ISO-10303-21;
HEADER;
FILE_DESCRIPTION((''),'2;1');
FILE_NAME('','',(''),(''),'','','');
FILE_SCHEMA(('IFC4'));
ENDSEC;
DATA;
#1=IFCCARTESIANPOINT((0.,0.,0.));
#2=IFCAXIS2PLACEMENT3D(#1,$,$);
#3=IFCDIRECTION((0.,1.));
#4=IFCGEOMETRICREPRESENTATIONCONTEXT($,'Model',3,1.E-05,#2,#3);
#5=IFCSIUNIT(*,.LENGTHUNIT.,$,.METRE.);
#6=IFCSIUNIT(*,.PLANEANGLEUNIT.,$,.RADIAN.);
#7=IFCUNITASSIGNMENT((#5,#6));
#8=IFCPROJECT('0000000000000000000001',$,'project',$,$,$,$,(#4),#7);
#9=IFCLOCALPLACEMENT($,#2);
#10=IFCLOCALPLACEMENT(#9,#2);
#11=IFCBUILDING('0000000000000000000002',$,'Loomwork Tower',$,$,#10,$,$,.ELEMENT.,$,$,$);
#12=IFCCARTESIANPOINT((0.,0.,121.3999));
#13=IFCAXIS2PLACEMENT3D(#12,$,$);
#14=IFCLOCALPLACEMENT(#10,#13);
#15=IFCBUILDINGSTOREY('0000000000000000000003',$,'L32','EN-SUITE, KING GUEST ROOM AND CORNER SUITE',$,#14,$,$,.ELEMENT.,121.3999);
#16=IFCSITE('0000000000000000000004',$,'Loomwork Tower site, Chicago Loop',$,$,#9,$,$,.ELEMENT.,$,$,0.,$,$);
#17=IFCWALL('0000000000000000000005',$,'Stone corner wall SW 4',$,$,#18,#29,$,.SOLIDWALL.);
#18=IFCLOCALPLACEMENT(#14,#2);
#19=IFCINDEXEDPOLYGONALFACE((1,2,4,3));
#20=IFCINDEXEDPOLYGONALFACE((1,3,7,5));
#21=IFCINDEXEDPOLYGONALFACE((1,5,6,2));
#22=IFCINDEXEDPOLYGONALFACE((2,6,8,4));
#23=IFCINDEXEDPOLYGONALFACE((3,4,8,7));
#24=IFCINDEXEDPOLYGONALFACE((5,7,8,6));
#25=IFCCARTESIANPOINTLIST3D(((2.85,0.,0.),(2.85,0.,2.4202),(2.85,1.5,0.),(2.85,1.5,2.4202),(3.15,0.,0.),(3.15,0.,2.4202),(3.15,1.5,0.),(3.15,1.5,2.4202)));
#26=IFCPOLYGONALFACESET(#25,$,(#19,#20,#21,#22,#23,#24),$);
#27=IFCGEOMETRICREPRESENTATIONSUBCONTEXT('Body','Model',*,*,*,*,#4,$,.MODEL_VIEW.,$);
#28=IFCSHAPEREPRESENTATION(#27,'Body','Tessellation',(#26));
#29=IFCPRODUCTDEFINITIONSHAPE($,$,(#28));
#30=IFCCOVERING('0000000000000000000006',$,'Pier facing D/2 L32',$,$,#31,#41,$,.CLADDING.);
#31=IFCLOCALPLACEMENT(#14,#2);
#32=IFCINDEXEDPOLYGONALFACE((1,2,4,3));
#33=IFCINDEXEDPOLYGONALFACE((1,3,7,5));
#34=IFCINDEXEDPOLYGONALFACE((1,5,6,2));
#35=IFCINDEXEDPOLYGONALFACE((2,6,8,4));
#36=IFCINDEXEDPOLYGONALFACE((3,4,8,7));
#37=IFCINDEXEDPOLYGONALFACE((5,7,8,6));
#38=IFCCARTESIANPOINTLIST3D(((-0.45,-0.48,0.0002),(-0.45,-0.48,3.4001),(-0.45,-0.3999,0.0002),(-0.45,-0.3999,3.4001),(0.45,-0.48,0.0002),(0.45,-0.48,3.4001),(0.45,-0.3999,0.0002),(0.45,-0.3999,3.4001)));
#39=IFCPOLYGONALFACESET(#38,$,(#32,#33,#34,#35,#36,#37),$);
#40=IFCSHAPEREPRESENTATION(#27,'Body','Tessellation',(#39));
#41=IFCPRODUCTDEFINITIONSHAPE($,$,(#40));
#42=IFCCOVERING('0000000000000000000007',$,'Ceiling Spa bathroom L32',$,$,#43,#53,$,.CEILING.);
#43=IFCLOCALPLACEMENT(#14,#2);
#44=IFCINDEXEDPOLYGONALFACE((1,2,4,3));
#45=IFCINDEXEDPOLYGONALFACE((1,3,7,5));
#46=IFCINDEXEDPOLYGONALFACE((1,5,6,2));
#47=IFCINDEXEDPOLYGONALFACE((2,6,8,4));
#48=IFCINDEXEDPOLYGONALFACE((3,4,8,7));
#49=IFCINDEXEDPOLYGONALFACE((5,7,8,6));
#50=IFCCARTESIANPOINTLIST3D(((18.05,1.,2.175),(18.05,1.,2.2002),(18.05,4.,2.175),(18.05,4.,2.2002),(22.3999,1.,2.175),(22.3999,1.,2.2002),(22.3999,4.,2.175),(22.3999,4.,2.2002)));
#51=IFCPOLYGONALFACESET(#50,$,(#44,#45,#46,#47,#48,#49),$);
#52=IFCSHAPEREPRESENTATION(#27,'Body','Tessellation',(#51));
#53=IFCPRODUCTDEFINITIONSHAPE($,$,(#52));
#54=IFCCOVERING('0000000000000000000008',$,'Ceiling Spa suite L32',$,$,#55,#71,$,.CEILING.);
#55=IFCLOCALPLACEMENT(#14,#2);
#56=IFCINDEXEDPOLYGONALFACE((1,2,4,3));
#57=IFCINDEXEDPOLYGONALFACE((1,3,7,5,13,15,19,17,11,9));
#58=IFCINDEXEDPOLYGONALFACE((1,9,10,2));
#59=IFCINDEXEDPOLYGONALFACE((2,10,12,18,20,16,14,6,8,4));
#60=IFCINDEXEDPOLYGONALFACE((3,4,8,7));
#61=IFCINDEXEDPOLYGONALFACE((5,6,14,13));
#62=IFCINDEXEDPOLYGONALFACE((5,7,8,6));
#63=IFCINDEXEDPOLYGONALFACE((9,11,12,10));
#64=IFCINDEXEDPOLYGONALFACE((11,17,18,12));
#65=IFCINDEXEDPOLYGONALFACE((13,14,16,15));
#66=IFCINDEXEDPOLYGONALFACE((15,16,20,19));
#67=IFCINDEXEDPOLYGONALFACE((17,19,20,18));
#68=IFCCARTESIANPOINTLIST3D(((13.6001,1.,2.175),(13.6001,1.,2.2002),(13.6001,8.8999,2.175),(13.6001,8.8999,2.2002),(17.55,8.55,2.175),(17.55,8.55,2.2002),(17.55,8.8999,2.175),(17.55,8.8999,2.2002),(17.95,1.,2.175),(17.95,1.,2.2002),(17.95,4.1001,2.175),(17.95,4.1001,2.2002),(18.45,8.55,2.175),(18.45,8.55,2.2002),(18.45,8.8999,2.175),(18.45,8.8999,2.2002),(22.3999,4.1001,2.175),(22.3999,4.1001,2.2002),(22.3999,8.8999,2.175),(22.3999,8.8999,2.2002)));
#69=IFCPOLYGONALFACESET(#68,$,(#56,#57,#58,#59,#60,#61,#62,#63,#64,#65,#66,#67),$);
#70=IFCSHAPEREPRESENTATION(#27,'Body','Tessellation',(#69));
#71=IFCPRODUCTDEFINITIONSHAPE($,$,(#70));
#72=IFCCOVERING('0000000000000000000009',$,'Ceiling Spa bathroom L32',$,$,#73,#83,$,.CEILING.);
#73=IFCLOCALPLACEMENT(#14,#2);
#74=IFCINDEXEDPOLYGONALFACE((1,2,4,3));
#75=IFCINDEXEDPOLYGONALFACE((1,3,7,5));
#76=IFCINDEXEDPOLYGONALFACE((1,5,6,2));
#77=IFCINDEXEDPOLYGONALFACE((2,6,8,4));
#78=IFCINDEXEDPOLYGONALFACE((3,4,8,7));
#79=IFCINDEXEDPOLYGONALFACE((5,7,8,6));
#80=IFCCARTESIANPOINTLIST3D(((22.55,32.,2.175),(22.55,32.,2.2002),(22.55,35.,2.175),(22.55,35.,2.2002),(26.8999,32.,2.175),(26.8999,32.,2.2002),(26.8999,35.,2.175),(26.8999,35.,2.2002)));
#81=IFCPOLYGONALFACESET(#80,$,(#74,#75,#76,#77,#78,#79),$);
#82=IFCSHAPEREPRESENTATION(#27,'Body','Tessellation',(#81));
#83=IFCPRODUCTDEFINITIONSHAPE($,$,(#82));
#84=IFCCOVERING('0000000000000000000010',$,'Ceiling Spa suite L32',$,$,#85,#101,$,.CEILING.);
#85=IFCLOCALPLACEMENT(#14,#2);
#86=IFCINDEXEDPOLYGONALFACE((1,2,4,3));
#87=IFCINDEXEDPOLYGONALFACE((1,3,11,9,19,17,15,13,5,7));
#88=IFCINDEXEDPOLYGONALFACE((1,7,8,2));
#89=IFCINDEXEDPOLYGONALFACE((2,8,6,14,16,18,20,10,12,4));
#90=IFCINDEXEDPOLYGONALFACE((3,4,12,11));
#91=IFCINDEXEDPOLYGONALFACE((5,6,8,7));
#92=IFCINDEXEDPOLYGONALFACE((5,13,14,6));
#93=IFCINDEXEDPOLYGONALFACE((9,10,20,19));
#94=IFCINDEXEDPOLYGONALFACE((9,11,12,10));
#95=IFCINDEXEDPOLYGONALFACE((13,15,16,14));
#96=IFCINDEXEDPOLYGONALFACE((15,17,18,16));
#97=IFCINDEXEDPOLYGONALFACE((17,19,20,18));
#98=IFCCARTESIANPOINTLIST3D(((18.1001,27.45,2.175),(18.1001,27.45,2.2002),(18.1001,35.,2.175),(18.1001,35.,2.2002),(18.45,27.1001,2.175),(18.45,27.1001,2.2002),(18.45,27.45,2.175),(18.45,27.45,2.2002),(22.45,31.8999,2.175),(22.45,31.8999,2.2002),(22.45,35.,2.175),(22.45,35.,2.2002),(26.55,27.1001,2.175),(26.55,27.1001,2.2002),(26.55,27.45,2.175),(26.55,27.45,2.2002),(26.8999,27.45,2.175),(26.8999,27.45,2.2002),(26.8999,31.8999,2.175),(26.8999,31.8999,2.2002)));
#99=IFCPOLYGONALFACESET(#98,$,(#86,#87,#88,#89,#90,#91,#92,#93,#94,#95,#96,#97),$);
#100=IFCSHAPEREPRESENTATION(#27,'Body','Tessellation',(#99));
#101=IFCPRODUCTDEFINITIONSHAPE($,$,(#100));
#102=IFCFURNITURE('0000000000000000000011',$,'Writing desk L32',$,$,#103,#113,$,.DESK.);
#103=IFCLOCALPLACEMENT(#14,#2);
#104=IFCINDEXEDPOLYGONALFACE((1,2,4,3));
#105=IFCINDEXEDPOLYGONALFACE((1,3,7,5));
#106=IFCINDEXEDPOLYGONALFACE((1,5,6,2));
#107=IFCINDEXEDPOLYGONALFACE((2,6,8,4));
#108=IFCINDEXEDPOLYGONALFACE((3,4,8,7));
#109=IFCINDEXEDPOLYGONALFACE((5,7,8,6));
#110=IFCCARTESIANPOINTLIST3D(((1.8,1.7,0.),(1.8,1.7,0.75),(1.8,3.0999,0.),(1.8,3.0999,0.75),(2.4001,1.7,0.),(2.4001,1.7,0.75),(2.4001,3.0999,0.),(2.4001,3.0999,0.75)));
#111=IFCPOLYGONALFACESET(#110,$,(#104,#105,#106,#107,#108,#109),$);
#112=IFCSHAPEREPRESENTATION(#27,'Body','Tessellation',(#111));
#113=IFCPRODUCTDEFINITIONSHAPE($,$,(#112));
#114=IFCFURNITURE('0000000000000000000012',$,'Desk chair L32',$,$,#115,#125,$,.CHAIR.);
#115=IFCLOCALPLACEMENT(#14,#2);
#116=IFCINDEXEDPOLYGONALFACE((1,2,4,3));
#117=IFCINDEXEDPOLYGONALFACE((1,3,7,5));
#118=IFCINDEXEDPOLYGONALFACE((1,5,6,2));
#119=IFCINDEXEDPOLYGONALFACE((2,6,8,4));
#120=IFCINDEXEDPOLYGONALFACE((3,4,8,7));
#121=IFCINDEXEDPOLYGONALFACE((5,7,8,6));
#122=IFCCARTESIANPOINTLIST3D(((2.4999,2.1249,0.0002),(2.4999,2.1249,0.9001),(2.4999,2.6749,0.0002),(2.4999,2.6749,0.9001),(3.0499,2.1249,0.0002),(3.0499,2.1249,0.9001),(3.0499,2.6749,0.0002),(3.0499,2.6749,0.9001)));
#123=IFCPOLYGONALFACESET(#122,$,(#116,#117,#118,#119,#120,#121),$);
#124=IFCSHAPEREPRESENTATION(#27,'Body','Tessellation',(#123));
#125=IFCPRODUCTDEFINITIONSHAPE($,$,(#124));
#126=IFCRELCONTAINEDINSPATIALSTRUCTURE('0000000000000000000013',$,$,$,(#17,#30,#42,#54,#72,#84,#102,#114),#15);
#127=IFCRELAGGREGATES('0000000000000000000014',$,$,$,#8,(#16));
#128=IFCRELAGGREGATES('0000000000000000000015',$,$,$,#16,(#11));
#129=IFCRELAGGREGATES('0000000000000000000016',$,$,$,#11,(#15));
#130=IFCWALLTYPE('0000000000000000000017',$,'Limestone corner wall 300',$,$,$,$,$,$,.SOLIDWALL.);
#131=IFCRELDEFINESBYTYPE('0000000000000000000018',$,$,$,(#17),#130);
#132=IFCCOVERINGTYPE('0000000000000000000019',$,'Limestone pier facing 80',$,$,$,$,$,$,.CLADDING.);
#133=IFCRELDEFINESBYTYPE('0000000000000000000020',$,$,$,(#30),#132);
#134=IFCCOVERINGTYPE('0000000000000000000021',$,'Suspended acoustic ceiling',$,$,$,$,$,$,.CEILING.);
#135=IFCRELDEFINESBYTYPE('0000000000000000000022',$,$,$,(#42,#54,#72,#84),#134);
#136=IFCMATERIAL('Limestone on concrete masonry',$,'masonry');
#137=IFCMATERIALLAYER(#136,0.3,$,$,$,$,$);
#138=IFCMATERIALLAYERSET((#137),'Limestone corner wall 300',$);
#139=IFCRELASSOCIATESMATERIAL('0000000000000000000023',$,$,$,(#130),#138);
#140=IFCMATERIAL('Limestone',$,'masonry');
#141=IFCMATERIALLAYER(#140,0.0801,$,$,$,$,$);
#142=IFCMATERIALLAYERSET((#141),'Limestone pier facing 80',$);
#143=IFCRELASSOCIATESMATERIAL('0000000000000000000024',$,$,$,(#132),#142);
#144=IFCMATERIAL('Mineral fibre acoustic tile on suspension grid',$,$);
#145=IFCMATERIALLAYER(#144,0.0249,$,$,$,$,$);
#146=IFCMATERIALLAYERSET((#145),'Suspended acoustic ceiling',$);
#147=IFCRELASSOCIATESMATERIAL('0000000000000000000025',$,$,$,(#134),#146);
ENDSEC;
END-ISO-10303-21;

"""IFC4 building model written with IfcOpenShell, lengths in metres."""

from ifc_helpers import new_model, si_unit, direction, frame, frame_2d, origin, origin_2d, place, context, subcontext, project, spatial, polyline, rectangle, outline, extrude, material, layer, layer_set, type_object, element, save


model = new_model("IFC4")

# Units and contexts
model_context = context("Model", 3, precision=1e-05, world=origin(), true_north=direction((0.0, 1.0)))
body_context = subcontext(model_context, "Body", "Model", "MODEL_VIEW")
ifc_project = project(units=[si_unit("LENGTHUNIT", "METRE"), si_unit("PLANEANGLEUNIT", "RADIAN")], contexts=[model_context])

# Site, building, storey
site_placement = place(None, origin())
site = spatial("IfcSite", under=ifc_project, at=site_placement, Name="Loomwork Tower site, Chicago Loop", CompositionType="ELEMENT", RefElevation=0.0)
building_placement = place(site_placement, origin())
building = spatial("IfcBuilding", under=site, at=building_placement, Name="Loomwork Tower", CompositionType="ELEMENT")
storey_placement = place(building_placement, frame((0.0, 0.0, 121.3999)))
storey = spatial("IfcBuildingStorey", under=building, at=storey_placement, Name="L32", Description="EN-SUITE, KING GUEST ROOM AND CORNER SUITE", CompositionType="ELEMENT", Elevation=121.3999)

# Shared definitions
ifc_material_1 = material(Name="Limestone on concrete masonry", Category="masonry")
ifc_layer_1 = layer(ifc_material_1, 0.3)
ifc_layer_set_1 = layer_set([ifc_layer_1], Name="Limestone corner wall 300")
wall_type_1 = type_object("IfcWallType", Name="Limestone corner wall 300", PredefinedType="SOLIDWALL", material=ifc_layer_set_1)

# Wall
wall_1_placement = place(storey_placement, frame((3.0, 1.5, 0.0), z_axis=(0.0, 0.0, 1.0), x_axis=(0.0, -1.0, 0.0)))
element("IfcWall", 1, at=wall_1_placement, inside=storey, type_object=wall_type_1, Name="Stone corner wall SW 4", PredefinedType="SOLIDWALL", context=body_context, shape_type="SweptSolid", body=[
    extrude(rectangle(XDim=1.5, YDim=0.3, at=frame_2d((0.75, 0.0))), origin(), (0.0, 0.0, 1.0), 2.4202),
])

# Coverings
ifc_material_2 = material(Name="Limestone", Category="masonry")
ifc_layer_2 = layer(ifc_material_2, 0.0801)
ifc_layer_set_2 = layer_set([ifc_layer_2], Name="Limestone pier facing 80")
covering_type_1 = type_object("IfcCoveringType", Name="Limestone pier facing 80", PredefinedType="CLADDING", material=ifc_layer_set_2)
covering_1_placement = place(storey_placement, frame((0.0, -0.4399, 0.0002), z_axis=(0.0, 0.0, 1.0), x_axis=(1.0, 0.0, 0.0)))
element("IfcCovering", 2, at=covering_1_placement, inside=storey, type_object=covering_type_1, Name="Pier facing D/2 L32", PredefinedType="CLADDING", context=body_context, shape_type="SweptSolid", body=[
    extrude(rectangle(XDim=0.8999, YDim=0.0801, at=origin_2d()), origin(), (0.0, 0.0, 1.0), 3.3999),
])
ifc_material_3 = material(Name="Mineral fibre acoustic tile on suspension grid")
ifc_layer_3 = layer(ifc_material_3, 0.0249)
ifc_layer_set_3 = layer_set([ifc_layer_3], Name="Suspended acoustic ceiling")
covering_type_2 = type_object("IfcCoveringType", Name="Suspended acoustic ceiling", PredefinedType="CEILING", material=ifc_layer_set_3)
covering_2_placement = place(storey_placement, frame((0.0, 0.0, 2.175)))
element("IfcCovering", 3, at=covering_2_placement, inside=storey, type_object=covering_type_2, Name="Ceiling Spa bathroom L32", PredefinedType="CEILING", context=body_context, shape_type="SweptSolid", body=[
    extrude(outline(polyline([(22.3999, 4.0), (22.3999, 1.0), (18.05, 1.0), (18.05, 4.0), (22.3999, 4.0)])), origin(), (0.0, 0.0, 1.0), 0.0251),
])
covering_3_placement = place(storey_placement, frame((0.0, 0.0, 2.175)))
element("IfcCovering", 4, at=covering_3_placement, inside=storey, type_object=covering_type_2, Name="Ceiling Spa suite L32", PredefinedType="CEILING", context=body_context, shape_type="SweptSolid", body=[
    extrude(outline(polyline([(17.55, 8.8999), (17.55, 8.55), (18.45, 8.55), (18.45, 8.8999), (22.3999, 8.8999), (22.3999, 4.1001), (17.95, 4.1001), (17.95, 1.0), (13.6001, 1.0), (13.6001, 8.8999), (17.55, 8.8999)])), origin(), (0.0, 0.0, 1.0), 0.0251),
])
covering_4_placement = place(storey_placement, frame((0.0, 0.0, 2.175)))
element("IfcCovering", 5, at=covering_4_placement, inside=storey, type_object=covering_type_2, Name="Ceiling Spa bathroom L32", PredefinedType="CEILING", context=body_context, shape_type="SweptSolid", body=[
    extrude(outline(polyline([(22.55, 35.0), (26.8999, 35.0), (26.8999, 32.0), (22.55, 32.0), (22.55, 35.0)])), origin(), (0.0, 0.0, 1.0), 0.0251),
])
covering_5_placement = place(storey_placement, frame((0.0, 0.0, 2.175)))
element("IfcCovering", 6, at=covering_5_placement, inside=storey, type_object=covering_type_2, Name="Ceiling Spa suite L32", PredefinedType="CEILING", context=body_context, shape_type="SweptSolid", body=[
    extrude(outline(polyline([(18.1001, 35.0), (22.45, 35.0), (22.45, 31.8999), (26.8999, 31.8999), (26.8999, 27.45), (26.55, 27.45), (26.55, 27.1001), (18.45, 27.1001), (18.45, 27.45), (18.1001, 27.45), (18.1001, 35.0)])), origin(), (0.0, 0.0, 1.0), 0.0251),
])

# Furniture
furniture_1_placement = place(storey_placement, frame((2.1001, 2.3999, 0.0), z_axis=(0.0, 0.0, 1.0), x_axis=(1.0, 0.0, 0.0)))
element("IfcFurniture", 7, at=furniture_1_placement, inside=storey, Name="Writing desk L32", PredefinedType="DESK", context=body_context, shape_type="SweptSolid", body=[
    extrude(rectangle(XDim=0.6001, YDim=1.3999, at=origin_2d()), origin(), (0.0, 0.0, 1.0), 0.75),
])
furniture_2_placement = place(storey_placement, frame((2.7749, 2.3999, 0.0002), z_axis=(0.0, 0.0, 1.0), x_axis=(1.0, 0.0, 0.0)))
element("IfcFurniture", 8, at=furniture_2_placement, inside=storey, Name="Desk chair L32", PredefinedType="CHAIR", context=body_context, shape_type="SweptSolid", body=[
    extrude(rectangle(XDim=0.55, YDim=0.55, at=origin_2d()), origin(), (0.0, 0.0, 1.0), 0.8999),
])

save(model, "model.ifc")
